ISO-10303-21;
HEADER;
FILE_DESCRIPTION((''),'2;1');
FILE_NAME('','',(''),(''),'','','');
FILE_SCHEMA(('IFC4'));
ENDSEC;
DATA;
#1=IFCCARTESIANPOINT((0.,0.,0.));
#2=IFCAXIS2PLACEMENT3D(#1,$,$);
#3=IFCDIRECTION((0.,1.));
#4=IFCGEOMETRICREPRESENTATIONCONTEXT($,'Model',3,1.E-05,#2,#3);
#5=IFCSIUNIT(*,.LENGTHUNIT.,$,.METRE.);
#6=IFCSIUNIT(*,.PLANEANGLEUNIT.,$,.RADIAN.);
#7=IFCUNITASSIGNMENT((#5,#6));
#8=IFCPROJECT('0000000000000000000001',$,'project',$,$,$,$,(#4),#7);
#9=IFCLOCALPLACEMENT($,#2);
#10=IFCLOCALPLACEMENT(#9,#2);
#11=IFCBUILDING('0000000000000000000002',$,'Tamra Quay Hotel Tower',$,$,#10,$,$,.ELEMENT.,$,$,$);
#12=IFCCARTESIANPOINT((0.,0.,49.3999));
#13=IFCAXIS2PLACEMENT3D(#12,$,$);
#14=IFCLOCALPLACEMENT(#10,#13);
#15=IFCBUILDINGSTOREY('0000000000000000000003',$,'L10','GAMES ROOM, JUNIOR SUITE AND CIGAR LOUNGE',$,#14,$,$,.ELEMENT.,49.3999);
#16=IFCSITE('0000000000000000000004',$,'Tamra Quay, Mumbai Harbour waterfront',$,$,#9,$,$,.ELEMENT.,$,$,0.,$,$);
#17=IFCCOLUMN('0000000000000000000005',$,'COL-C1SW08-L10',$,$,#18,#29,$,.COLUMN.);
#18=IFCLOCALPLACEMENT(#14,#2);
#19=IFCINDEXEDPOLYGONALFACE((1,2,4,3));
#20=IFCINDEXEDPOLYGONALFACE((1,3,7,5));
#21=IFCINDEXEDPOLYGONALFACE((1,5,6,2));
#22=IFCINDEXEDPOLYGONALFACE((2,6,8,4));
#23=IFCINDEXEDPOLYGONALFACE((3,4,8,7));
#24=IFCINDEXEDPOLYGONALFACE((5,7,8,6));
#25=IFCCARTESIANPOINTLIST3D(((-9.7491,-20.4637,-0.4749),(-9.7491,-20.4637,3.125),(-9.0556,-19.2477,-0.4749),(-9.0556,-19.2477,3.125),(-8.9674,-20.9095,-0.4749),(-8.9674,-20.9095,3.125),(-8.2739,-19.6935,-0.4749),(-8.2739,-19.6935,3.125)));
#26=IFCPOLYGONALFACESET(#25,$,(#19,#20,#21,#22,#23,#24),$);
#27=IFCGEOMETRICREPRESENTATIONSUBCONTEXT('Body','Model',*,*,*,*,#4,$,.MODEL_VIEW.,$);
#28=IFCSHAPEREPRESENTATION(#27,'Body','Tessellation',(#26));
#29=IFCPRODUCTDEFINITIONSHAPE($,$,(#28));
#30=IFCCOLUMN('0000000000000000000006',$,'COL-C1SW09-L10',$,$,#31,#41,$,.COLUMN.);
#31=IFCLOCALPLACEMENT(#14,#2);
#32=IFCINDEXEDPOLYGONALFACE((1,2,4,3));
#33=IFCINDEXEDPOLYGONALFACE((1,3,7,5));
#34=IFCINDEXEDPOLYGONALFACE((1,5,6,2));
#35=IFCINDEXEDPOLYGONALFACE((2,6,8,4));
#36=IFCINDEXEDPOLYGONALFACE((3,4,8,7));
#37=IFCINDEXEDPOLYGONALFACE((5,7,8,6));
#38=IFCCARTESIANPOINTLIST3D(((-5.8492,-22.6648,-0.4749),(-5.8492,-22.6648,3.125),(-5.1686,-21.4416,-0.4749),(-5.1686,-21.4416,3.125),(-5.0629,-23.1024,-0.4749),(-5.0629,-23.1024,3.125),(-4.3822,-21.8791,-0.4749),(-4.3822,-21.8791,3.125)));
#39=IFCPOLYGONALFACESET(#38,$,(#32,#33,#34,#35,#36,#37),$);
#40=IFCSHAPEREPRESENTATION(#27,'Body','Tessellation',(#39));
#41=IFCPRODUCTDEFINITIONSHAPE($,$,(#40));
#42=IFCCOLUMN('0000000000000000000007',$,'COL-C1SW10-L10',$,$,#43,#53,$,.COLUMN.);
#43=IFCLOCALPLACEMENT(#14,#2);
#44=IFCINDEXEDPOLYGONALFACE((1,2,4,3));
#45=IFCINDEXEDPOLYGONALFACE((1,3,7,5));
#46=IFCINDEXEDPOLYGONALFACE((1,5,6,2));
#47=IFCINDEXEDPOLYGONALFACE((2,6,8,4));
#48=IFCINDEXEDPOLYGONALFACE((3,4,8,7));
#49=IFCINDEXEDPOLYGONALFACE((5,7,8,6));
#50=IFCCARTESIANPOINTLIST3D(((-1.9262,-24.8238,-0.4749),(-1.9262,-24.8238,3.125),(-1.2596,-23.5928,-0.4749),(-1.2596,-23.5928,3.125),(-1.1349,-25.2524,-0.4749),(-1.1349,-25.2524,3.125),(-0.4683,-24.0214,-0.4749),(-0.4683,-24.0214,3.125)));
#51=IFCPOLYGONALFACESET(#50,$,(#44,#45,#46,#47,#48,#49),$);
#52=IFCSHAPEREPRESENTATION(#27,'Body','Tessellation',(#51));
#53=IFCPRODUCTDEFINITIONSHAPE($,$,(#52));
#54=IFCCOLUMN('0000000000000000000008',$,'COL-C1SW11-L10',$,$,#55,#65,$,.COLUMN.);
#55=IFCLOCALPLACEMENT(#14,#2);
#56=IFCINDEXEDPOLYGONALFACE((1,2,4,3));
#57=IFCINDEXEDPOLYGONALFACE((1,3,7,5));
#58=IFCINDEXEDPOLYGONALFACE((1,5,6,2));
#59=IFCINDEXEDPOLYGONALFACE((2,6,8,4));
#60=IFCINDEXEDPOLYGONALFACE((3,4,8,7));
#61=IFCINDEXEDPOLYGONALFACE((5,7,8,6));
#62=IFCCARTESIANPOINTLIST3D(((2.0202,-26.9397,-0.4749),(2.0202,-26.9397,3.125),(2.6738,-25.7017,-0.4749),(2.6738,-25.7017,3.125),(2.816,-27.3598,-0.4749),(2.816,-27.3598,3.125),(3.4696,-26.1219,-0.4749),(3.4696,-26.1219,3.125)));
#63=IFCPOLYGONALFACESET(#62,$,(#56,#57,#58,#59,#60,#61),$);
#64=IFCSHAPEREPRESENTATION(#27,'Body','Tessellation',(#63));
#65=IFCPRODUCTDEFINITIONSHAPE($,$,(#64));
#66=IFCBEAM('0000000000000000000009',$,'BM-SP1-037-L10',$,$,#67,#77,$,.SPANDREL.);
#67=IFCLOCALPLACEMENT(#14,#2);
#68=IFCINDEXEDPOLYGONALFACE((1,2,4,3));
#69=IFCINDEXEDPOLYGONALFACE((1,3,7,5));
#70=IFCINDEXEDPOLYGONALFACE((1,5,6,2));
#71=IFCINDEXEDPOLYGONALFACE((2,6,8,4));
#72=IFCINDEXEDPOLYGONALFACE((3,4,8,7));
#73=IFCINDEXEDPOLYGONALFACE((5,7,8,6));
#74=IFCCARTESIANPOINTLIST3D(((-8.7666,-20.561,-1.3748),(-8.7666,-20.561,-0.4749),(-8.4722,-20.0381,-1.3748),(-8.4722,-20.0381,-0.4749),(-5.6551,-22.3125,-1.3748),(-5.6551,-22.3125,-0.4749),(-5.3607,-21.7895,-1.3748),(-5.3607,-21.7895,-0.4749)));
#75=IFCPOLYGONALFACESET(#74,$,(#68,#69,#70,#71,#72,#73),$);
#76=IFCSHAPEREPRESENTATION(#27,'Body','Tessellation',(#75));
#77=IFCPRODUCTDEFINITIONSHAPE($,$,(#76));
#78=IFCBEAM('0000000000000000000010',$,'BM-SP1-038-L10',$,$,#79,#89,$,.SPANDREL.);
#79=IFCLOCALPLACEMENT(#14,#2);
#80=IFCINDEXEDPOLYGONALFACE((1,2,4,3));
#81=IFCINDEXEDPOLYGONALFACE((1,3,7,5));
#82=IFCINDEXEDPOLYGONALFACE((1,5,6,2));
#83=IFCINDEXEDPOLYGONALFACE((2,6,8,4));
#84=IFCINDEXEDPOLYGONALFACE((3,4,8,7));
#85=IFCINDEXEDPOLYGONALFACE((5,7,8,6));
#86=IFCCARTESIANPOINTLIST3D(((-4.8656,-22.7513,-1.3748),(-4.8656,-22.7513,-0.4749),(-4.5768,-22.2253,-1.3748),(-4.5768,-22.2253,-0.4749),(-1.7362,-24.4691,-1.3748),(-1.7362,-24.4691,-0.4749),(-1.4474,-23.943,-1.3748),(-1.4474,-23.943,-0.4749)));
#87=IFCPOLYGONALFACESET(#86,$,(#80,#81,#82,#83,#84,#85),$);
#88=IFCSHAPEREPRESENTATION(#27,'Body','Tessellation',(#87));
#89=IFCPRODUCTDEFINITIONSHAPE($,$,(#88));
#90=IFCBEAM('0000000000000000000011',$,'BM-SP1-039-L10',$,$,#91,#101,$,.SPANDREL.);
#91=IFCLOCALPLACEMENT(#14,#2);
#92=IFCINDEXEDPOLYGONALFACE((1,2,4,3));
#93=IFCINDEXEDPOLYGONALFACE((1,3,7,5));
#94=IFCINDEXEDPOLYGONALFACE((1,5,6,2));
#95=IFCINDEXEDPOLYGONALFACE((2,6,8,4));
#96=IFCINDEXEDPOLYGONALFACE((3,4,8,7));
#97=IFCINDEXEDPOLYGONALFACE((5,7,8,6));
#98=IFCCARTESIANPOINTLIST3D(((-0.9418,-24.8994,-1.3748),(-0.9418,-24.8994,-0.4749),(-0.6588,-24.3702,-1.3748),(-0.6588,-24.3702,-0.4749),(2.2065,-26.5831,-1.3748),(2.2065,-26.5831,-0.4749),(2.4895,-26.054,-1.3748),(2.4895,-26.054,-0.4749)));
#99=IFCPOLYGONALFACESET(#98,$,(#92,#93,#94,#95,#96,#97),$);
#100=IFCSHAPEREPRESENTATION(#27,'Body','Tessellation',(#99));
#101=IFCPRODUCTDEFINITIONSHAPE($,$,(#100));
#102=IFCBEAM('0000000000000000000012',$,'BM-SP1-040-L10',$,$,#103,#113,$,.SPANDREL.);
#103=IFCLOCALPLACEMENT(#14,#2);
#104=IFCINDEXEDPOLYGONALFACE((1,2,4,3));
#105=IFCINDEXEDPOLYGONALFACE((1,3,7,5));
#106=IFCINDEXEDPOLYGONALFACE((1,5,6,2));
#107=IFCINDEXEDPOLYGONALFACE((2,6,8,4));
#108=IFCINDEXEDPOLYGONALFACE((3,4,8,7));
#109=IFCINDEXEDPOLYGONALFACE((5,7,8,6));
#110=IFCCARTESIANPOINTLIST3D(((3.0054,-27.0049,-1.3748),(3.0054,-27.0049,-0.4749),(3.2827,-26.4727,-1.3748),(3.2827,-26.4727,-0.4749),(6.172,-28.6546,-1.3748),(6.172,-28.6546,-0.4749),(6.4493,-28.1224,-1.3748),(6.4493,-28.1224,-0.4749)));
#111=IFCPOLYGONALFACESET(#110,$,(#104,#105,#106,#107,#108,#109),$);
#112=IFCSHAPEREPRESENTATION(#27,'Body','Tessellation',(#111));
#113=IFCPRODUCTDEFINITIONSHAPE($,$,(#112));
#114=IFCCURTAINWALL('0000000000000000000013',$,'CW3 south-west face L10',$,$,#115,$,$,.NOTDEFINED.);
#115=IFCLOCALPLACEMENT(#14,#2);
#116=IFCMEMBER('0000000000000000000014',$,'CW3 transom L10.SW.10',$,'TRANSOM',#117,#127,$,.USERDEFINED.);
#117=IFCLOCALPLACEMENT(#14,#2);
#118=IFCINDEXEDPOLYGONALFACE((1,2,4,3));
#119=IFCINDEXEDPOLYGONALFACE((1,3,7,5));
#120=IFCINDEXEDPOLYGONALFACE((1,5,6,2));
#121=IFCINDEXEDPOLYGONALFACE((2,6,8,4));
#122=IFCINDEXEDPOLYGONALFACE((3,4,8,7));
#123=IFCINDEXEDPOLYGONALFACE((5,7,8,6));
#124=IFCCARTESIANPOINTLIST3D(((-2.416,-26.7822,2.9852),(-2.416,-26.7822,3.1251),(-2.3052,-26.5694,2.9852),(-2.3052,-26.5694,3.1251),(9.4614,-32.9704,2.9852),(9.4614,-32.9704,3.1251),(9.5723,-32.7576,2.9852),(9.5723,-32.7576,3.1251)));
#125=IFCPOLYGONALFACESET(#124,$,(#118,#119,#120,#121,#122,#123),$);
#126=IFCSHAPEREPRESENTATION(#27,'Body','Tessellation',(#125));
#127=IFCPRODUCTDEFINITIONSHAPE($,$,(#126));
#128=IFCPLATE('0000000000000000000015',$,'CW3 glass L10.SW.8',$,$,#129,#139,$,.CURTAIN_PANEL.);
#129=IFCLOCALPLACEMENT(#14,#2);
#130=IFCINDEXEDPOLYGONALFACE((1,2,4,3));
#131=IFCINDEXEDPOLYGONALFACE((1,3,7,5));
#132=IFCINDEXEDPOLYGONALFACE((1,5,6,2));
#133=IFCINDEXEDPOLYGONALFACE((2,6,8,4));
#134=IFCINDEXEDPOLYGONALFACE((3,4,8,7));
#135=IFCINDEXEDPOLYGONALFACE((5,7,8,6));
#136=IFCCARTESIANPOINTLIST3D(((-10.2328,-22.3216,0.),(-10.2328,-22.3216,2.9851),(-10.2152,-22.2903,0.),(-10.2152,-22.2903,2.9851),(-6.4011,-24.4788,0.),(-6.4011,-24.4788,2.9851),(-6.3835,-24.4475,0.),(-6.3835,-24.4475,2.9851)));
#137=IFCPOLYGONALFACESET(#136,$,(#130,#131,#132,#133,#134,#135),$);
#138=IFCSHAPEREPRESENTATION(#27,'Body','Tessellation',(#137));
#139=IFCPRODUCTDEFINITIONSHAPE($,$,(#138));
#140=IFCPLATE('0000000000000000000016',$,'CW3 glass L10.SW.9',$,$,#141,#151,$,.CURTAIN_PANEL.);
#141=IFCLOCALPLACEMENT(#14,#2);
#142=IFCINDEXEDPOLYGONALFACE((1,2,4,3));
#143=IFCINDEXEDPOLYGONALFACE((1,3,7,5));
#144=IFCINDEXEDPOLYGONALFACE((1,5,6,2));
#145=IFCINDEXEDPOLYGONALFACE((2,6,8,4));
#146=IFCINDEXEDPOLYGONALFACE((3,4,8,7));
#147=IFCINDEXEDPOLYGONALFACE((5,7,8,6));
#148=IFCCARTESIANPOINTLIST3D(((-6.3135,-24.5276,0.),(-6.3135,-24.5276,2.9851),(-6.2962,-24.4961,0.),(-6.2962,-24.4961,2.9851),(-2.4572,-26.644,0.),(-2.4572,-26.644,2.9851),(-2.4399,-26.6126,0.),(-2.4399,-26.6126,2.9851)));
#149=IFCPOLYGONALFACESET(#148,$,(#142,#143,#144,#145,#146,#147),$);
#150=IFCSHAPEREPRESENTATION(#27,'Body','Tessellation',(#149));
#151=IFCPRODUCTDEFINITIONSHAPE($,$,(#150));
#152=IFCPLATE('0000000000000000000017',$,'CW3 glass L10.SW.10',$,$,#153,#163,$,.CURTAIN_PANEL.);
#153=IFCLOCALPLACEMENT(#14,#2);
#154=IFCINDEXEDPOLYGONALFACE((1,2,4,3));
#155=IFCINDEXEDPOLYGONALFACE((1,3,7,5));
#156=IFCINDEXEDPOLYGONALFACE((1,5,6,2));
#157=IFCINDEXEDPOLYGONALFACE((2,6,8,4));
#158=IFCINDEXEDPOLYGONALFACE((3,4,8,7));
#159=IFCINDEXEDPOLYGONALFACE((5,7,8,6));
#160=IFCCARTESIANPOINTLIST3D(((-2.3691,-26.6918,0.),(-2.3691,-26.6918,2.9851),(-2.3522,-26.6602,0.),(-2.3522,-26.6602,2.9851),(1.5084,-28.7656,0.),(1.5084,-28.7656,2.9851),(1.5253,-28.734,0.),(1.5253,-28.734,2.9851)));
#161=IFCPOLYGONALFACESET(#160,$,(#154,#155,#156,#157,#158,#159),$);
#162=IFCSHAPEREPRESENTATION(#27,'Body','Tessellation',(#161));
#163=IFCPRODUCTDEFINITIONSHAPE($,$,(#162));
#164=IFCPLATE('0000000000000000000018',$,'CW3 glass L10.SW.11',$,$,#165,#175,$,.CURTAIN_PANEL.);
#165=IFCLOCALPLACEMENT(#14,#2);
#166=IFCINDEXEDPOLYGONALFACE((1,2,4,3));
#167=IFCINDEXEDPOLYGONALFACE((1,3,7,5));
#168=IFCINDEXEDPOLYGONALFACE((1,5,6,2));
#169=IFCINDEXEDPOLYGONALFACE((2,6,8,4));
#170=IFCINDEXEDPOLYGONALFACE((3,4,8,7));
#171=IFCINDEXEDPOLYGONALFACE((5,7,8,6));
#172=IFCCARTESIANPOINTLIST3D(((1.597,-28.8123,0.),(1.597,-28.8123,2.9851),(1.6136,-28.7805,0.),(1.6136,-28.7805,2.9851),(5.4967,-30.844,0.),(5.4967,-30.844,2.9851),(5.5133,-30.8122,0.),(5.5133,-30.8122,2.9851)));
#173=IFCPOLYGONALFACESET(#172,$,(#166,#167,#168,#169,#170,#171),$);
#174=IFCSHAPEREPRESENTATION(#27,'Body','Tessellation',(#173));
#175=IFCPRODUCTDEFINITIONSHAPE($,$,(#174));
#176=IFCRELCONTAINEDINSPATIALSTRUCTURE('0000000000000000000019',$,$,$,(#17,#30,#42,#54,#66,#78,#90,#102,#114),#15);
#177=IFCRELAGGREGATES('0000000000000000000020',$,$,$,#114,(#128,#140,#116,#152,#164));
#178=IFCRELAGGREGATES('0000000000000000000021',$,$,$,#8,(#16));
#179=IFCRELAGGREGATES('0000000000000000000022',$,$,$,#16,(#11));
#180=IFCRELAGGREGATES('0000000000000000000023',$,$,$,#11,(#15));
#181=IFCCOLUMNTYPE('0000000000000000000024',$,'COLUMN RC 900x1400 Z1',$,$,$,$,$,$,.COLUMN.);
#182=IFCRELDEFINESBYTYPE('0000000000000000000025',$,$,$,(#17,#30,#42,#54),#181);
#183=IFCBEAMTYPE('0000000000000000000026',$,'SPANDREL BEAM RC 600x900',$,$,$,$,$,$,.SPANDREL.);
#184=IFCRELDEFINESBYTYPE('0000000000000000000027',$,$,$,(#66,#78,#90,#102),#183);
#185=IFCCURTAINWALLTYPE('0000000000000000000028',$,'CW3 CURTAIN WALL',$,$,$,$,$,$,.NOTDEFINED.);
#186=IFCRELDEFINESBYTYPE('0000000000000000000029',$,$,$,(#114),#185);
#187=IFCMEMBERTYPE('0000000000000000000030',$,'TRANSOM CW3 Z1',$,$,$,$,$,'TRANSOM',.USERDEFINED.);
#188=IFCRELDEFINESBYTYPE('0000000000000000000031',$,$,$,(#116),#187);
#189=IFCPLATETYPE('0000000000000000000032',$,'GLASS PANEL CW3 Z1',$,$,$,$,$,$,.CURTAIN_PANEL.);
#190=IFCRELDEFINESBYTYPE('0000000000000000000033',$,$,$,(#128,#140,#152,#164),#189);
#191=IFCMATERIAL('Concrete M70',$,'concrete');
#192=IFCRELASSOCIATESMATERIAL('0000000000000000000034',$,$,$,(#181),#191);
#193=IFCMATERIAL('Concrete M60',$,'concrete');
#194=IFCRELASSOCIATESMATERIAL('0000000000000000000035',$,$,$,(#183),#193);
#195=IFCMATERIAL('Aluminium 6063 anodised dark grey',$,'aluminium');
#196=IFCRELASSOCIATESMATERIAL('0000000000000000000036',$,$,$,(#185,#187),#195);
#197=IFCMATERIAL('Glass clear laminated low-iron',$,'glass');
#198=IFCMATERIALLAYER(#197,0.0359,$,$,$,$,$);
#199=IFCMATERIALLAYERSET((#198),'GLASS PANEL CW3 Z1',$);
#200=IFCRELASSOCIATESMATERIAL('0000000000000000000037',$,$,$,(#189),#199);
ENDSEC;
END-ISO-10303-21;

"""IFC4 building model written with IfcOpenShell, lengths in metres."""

from ifc_helpers import new_model, si_unit, direction, frame, origin, origin_2d, place, context, subcontext, project, spatial, rectangle, extrude, material, layer, layer_set, material_profile, profile_set, type_object, element, aggregate, save


model = new_model("IFC4")

# Units and contexts
model_context = context("Model", 3, precision=1e-05, world=origin(), true_north=direction((0.0, 1.0)))
body_context = subcontext(model_context, "Body", "Model", "MODEL_VIEW")
ifc_project = project(units=[si_unit("LENGTHUNIT", "METRE"), si_unit("PLANEANGLEUNIT", "RADIAN")], contexts=[model_context])

# Site, building, storey
site_placement = place(None, origin())
site = spatial("IfcSite", under=ifc_project, at=site_placement, Name="Tamra Quay, Mumbai Harbour waterfront", CompositionType="ELEMENT", RefElevation=0.0)
building_placement = place(site_placement, origin())
building = spatial("IfcBuilding", under=site, at=building_placement, Name="Tamra Quay Hotel Tower", CompositionType="ELEMENT")
storey_placement = place(building_placement, frame((0.0, 0.0, 49.3999)))
storey = spatial("IfcBuildingStorey", under=building, at=storey_placement, Name="L10", Description="GAMES ROOM, JUNIOR SUITE AND CIGAR LOUNGE", CompositionType="ELEMENT", Elevation=49.3999)

# Columns
ifc_material_1 = material(Name="Concrete M70", Category="concrete")
ifc_material_profile_1 = material_profile(ifc_material_1, rectangle(XDim=1.3999, YDim=0.8999, at=origin_2d()), Name="COLUMN RC 900x1400 Z1")
ifc_profile_set_1 = profile_set([ifc_material_profile_1], Name="Concrete M70")
column_type = type_object("IfcColumnType", Name="COLUMN RC 900x1400 Z1", PredefinedType="COLUMN", material=ifc_profile_set_1)
for number, where, z_axis, x_axis, name in (
    (1, (-9.0115, -20.0786, -0.4749), (0.0, 0.0, 1.0), (0.495421, 0.868653, 0.0), "COL-C1SW08-L10"),
    (2, (-5.1157, -22.272, -0.4749), (0.0, 0.0, 1.0), (0.486221, 0.873836, 0.0), "COL-C1SW09-L10"),
    (3, (-1.1973, -24.4226, -0.4749), (0.0, 0.0, 1.0), (0.476198, 0.879338, 0.0), "COL-C1SW10-L10"),
    (4, (2.7449, -26.5308, -0.4749), (0.0, 0.0, 1.0), (0.466896, 0.884312, 0.0), "COL-C1SW11-L10"),
):
    element("IfcColumn", number, at=place(storey_placement, frame(where, z_axis=z_axis, x_axis=x_axis)), inside=storey, type_object=column_type, Name=name, PredefinedType="COLUMN", context=body_context, shape_type="SweptSolid", body=[
        extrude(rectangle(XDim=1.3999, YDim=0.8999, at=origin_2d()), origin(), (0.0, 0.0, 1.0), 3.5999),
    ])

# Beams
ifc_material_2 = material(Name="Concrete M60", Category="concrete")
ifc_material_profile_2 = material_profile(ifc_material_2, rectangle(XDim=0.6001, YDim=0.8999, at=origin_2d()), Name="SPANDREL BEAM RC 600x900")
ifc_profile_set_2 = profile_set([ifc_material_profile_2], Name="Concrete M60")
beam_type = type_object("IfcBeamType", Name="SPANDREL BEAM RC 600x900", PredefinedType="SPANDREL", material=ifc_profile_set_2)
beam_1_placement = place(storey_placement, frame((-8.6194, -20.2996, -0.9248), z_axis=(0.871431, -0.490518, 0.0), x_axis=(0.490518, 0.871431, 0.0)))
element("IfcBeam", 5, at=beam_1_placement, inside=storey, type_object=beam_type, Name="BM-SP1-037-L10", PredefinedType="SPANDREL", context=body_context, shape_type="SweptSolid", body=[
    extrude(rectangle(XDim=0.6001, YDim=0.8999, at=origin_2d()), origin(), (0.0, 0.0, 1.0), 3.5706),
])
beam_2_placement = place(storey_placement, frame((-4.7212, -22.4883, -0.9248), z_axis=(0.876617, -0.481189, 0.0), x_axis=(0.481189, 0.876617, 0.0)))
element("IfcBeam", 6, at=beam_2_placement, inside=storey, type_object=beam_type, Name="BM-SP1-038-L10", PredefinedType="SPANDREL", context=body_context, shape_type="SweptSolid", body=[
    extrude(rectangle(XDim=0.6001, YDim=0.8999, at=origin_2d()), origin(), (0.0, 0.0, 1.0), 3.5698),
])
beam_3_placement = place(storey_placement, frame((-0.8003, -24.6348, -0.9248), z_axis=(0.881809, -0.471607, 0.0), x_axis=(0.471607, 0.881809, 0.0)))
element("IfcBeam", 7, at=beam_3_placement, inside=storey, type_object=beam_type, Name="BM-SP1-039-L10", PredefinedType="SPANDREL", context=body_context, shape_type="SweptSolid", body=[
    extrude(rectangle(XDim=0.6001, YDim=0.8999, at=origin_2d()), origin(), (0.0, 0.0, 1.0), 3.5703),
])
beam_4_placement = place(storey_placement, frame((3.144, -26.7388, -0.9248), z_axis=(0.886864, -0.462031, 0.0), x_axis=(0.462031, 0.886864, 0.0)))
element("IfcBeam", 8, at=beam_4_placement, inside=storey, type_object=beam_type, Name="BM-SP1-040-L10", PredefinedType="SPANDREL", context=body_context, shape_type="SweptSolid", body=[
    extrude(rectangle(XDim=0.6001, YDim=0.8999, at=origin_2d()), origin(), (0.0, 0.0, 1.0), 3.5706),
])

# Curtain wall, member, plates
ifc_material_3 = material(Name="Aluminium 6063 anodised dark grey", Category="aluminium")
curtain_wall_type = type_object("IfcCurtainWallType", Name="CW3 CURTAIN WALL", PredefinedType="NOTDEFINED", material=ifc_material_3)
curtain_wall_placement = place(storey_placement, origin())
curtain_wall = element("IfcCurtainWall", 9, at=curtain_wall_placement, inside=storey, type_object=curtain_wall_type, Name="CW3 south-west face L10", PredefinedType="NOTDEFINED")
ifc_material_profile_3 = material_profile(ifc_material_3, rectangle(XDim=0.24, YDim=0.1399, at=origin_2d()), Name="TRANSOM 240X140")
ifc_profile_set_3 = profile_set([ifc_material_profile_3], Name="Aluminium 6063 anodised dark grey")
member_type = type_object("IfcMemberType", Name="TRANSOM CW3 Z1", ElementType="TRANSOM", PredefinedType="USERDEFINED", material=ifc_profile_set_3)
member_placement = place(storey_placement, frame((-2.3606, -26.6758, 3.0552), z_axis=(0.886851, -0.462056, 0.0), x_axis=(0.462056, 0.886851, 0.0)))
member = element("IfcMember", 10, at=member_placement, type_object=member_type, Name="CW3 transom L10.SW.10", ObjectType="TRANSOM", PredefinedType="USERDEFINED", context=body_context, shape_type="SweptSolid", body=[
    extrude(rectangle(XDim=0.24, YDim=0.1399, at=origin_2d()), origin(), (0.0, 0.0, 1.0), 13.3928),
])
ifc_material_4 = material(Name="Glass clear laminated low-iron", Category="glass")
ifc_layer_1 = layer(ifc_material_4, 0.0359)
ifc_layer_set_1 = layer_set([ifc_layer_1], Name="GLASS PANEL CW3 Z1")
plate_type = type_object("IfcPlateType", Name="GLASS PANEL CW3 Z1", PredefinedType="CURTAIN_PANEL", material=ifc_layer_set_1)
plate_1_placement = place(storey_placement, frame((-8.3081, -23.3845, 0.0), z_axis=(0.0, 0.0, 1.0), x_axis=(0.871392, -0.490587, 0.0)))
plate_1 = element("IfcPlate", 11, at=plate_1_placement, type_object=plate_type, Name="CW3 glass L10.SW.8", PredefinedType="CURTAIN_PANEL", context=body_context, shape_type="SweptSolid", body=[
    extrude(rectangle(XDim=4.3972, YDim=0.0359, at=origin_2d()), origin(), (0.0, 0.0, 1.0), 2.9851),
])
plate_2_placement = place(storey_placement, frame((-4.3767, -25.5701, 0.0), z_axis=(0.0, 0.0, 1.0), x_axis=(0.876651, -0.481127, 0.0)))
plate_2 = element("IfcPlate", 12, at=plate_2_placement, type_object=plate_type, Name="CW3 glass L10.SW.9", PredefinedType="CURTAIN_PANEL", context=body_context, shape_type="SweptSolid", body=[
    extrude(rectangle(XDim=4.3989, YDim=0.0359, at=origin_2d()), origin(), (0.0, 0.0, 1.0), 2.9851),
])
plate_3_placement = place(storey_placement, frame((-0.4219, -27.7129, 0.0), z_axis=(0.0, 0.0, 1.0), x_axis=(0.881806, -0.471612, 0.0)))
plate_3 = element("IfcPlate", 13, at=plate_3_placement, type_object=plate_type, Name="CW3 glass L10.SW.10", PredefinedType="CURTAIN_PANEL", context=body_context, shape_type="SweptSolid", body=[
    extrude(rectangle(XDim=4.3972, YDim=0.0359, at=origin_2d()), origin(), (0.0, 0.0, 1.0), 2.9851),
])
plate_4_placement = place(storey_placement, frame((3.5552, -29.8123, 0.0), z_axis=(0.0, 0.0, 1.0), x_axis=(0.886856, -0.462045, 0.0)))
plate_4 = element("IfcPlate", 14, at=plate_4_placement, type_object=plate_type, Name="CW3 glass L10.SW.11", PredefinedType="CURTAIN_PANEL", context=body_context, shape_type="SweptSolid", body=[
    extrude(rectangle(XDim=4.3972, YDim=0.0359, at=origin_2d()), origin(), (0.0, 0.0, 1.0), 2.9851),
])
aggregate(curtain_wall, [plate_1, plate_2, member, plate_3, plate_4])

save(model, "model.ifc")
